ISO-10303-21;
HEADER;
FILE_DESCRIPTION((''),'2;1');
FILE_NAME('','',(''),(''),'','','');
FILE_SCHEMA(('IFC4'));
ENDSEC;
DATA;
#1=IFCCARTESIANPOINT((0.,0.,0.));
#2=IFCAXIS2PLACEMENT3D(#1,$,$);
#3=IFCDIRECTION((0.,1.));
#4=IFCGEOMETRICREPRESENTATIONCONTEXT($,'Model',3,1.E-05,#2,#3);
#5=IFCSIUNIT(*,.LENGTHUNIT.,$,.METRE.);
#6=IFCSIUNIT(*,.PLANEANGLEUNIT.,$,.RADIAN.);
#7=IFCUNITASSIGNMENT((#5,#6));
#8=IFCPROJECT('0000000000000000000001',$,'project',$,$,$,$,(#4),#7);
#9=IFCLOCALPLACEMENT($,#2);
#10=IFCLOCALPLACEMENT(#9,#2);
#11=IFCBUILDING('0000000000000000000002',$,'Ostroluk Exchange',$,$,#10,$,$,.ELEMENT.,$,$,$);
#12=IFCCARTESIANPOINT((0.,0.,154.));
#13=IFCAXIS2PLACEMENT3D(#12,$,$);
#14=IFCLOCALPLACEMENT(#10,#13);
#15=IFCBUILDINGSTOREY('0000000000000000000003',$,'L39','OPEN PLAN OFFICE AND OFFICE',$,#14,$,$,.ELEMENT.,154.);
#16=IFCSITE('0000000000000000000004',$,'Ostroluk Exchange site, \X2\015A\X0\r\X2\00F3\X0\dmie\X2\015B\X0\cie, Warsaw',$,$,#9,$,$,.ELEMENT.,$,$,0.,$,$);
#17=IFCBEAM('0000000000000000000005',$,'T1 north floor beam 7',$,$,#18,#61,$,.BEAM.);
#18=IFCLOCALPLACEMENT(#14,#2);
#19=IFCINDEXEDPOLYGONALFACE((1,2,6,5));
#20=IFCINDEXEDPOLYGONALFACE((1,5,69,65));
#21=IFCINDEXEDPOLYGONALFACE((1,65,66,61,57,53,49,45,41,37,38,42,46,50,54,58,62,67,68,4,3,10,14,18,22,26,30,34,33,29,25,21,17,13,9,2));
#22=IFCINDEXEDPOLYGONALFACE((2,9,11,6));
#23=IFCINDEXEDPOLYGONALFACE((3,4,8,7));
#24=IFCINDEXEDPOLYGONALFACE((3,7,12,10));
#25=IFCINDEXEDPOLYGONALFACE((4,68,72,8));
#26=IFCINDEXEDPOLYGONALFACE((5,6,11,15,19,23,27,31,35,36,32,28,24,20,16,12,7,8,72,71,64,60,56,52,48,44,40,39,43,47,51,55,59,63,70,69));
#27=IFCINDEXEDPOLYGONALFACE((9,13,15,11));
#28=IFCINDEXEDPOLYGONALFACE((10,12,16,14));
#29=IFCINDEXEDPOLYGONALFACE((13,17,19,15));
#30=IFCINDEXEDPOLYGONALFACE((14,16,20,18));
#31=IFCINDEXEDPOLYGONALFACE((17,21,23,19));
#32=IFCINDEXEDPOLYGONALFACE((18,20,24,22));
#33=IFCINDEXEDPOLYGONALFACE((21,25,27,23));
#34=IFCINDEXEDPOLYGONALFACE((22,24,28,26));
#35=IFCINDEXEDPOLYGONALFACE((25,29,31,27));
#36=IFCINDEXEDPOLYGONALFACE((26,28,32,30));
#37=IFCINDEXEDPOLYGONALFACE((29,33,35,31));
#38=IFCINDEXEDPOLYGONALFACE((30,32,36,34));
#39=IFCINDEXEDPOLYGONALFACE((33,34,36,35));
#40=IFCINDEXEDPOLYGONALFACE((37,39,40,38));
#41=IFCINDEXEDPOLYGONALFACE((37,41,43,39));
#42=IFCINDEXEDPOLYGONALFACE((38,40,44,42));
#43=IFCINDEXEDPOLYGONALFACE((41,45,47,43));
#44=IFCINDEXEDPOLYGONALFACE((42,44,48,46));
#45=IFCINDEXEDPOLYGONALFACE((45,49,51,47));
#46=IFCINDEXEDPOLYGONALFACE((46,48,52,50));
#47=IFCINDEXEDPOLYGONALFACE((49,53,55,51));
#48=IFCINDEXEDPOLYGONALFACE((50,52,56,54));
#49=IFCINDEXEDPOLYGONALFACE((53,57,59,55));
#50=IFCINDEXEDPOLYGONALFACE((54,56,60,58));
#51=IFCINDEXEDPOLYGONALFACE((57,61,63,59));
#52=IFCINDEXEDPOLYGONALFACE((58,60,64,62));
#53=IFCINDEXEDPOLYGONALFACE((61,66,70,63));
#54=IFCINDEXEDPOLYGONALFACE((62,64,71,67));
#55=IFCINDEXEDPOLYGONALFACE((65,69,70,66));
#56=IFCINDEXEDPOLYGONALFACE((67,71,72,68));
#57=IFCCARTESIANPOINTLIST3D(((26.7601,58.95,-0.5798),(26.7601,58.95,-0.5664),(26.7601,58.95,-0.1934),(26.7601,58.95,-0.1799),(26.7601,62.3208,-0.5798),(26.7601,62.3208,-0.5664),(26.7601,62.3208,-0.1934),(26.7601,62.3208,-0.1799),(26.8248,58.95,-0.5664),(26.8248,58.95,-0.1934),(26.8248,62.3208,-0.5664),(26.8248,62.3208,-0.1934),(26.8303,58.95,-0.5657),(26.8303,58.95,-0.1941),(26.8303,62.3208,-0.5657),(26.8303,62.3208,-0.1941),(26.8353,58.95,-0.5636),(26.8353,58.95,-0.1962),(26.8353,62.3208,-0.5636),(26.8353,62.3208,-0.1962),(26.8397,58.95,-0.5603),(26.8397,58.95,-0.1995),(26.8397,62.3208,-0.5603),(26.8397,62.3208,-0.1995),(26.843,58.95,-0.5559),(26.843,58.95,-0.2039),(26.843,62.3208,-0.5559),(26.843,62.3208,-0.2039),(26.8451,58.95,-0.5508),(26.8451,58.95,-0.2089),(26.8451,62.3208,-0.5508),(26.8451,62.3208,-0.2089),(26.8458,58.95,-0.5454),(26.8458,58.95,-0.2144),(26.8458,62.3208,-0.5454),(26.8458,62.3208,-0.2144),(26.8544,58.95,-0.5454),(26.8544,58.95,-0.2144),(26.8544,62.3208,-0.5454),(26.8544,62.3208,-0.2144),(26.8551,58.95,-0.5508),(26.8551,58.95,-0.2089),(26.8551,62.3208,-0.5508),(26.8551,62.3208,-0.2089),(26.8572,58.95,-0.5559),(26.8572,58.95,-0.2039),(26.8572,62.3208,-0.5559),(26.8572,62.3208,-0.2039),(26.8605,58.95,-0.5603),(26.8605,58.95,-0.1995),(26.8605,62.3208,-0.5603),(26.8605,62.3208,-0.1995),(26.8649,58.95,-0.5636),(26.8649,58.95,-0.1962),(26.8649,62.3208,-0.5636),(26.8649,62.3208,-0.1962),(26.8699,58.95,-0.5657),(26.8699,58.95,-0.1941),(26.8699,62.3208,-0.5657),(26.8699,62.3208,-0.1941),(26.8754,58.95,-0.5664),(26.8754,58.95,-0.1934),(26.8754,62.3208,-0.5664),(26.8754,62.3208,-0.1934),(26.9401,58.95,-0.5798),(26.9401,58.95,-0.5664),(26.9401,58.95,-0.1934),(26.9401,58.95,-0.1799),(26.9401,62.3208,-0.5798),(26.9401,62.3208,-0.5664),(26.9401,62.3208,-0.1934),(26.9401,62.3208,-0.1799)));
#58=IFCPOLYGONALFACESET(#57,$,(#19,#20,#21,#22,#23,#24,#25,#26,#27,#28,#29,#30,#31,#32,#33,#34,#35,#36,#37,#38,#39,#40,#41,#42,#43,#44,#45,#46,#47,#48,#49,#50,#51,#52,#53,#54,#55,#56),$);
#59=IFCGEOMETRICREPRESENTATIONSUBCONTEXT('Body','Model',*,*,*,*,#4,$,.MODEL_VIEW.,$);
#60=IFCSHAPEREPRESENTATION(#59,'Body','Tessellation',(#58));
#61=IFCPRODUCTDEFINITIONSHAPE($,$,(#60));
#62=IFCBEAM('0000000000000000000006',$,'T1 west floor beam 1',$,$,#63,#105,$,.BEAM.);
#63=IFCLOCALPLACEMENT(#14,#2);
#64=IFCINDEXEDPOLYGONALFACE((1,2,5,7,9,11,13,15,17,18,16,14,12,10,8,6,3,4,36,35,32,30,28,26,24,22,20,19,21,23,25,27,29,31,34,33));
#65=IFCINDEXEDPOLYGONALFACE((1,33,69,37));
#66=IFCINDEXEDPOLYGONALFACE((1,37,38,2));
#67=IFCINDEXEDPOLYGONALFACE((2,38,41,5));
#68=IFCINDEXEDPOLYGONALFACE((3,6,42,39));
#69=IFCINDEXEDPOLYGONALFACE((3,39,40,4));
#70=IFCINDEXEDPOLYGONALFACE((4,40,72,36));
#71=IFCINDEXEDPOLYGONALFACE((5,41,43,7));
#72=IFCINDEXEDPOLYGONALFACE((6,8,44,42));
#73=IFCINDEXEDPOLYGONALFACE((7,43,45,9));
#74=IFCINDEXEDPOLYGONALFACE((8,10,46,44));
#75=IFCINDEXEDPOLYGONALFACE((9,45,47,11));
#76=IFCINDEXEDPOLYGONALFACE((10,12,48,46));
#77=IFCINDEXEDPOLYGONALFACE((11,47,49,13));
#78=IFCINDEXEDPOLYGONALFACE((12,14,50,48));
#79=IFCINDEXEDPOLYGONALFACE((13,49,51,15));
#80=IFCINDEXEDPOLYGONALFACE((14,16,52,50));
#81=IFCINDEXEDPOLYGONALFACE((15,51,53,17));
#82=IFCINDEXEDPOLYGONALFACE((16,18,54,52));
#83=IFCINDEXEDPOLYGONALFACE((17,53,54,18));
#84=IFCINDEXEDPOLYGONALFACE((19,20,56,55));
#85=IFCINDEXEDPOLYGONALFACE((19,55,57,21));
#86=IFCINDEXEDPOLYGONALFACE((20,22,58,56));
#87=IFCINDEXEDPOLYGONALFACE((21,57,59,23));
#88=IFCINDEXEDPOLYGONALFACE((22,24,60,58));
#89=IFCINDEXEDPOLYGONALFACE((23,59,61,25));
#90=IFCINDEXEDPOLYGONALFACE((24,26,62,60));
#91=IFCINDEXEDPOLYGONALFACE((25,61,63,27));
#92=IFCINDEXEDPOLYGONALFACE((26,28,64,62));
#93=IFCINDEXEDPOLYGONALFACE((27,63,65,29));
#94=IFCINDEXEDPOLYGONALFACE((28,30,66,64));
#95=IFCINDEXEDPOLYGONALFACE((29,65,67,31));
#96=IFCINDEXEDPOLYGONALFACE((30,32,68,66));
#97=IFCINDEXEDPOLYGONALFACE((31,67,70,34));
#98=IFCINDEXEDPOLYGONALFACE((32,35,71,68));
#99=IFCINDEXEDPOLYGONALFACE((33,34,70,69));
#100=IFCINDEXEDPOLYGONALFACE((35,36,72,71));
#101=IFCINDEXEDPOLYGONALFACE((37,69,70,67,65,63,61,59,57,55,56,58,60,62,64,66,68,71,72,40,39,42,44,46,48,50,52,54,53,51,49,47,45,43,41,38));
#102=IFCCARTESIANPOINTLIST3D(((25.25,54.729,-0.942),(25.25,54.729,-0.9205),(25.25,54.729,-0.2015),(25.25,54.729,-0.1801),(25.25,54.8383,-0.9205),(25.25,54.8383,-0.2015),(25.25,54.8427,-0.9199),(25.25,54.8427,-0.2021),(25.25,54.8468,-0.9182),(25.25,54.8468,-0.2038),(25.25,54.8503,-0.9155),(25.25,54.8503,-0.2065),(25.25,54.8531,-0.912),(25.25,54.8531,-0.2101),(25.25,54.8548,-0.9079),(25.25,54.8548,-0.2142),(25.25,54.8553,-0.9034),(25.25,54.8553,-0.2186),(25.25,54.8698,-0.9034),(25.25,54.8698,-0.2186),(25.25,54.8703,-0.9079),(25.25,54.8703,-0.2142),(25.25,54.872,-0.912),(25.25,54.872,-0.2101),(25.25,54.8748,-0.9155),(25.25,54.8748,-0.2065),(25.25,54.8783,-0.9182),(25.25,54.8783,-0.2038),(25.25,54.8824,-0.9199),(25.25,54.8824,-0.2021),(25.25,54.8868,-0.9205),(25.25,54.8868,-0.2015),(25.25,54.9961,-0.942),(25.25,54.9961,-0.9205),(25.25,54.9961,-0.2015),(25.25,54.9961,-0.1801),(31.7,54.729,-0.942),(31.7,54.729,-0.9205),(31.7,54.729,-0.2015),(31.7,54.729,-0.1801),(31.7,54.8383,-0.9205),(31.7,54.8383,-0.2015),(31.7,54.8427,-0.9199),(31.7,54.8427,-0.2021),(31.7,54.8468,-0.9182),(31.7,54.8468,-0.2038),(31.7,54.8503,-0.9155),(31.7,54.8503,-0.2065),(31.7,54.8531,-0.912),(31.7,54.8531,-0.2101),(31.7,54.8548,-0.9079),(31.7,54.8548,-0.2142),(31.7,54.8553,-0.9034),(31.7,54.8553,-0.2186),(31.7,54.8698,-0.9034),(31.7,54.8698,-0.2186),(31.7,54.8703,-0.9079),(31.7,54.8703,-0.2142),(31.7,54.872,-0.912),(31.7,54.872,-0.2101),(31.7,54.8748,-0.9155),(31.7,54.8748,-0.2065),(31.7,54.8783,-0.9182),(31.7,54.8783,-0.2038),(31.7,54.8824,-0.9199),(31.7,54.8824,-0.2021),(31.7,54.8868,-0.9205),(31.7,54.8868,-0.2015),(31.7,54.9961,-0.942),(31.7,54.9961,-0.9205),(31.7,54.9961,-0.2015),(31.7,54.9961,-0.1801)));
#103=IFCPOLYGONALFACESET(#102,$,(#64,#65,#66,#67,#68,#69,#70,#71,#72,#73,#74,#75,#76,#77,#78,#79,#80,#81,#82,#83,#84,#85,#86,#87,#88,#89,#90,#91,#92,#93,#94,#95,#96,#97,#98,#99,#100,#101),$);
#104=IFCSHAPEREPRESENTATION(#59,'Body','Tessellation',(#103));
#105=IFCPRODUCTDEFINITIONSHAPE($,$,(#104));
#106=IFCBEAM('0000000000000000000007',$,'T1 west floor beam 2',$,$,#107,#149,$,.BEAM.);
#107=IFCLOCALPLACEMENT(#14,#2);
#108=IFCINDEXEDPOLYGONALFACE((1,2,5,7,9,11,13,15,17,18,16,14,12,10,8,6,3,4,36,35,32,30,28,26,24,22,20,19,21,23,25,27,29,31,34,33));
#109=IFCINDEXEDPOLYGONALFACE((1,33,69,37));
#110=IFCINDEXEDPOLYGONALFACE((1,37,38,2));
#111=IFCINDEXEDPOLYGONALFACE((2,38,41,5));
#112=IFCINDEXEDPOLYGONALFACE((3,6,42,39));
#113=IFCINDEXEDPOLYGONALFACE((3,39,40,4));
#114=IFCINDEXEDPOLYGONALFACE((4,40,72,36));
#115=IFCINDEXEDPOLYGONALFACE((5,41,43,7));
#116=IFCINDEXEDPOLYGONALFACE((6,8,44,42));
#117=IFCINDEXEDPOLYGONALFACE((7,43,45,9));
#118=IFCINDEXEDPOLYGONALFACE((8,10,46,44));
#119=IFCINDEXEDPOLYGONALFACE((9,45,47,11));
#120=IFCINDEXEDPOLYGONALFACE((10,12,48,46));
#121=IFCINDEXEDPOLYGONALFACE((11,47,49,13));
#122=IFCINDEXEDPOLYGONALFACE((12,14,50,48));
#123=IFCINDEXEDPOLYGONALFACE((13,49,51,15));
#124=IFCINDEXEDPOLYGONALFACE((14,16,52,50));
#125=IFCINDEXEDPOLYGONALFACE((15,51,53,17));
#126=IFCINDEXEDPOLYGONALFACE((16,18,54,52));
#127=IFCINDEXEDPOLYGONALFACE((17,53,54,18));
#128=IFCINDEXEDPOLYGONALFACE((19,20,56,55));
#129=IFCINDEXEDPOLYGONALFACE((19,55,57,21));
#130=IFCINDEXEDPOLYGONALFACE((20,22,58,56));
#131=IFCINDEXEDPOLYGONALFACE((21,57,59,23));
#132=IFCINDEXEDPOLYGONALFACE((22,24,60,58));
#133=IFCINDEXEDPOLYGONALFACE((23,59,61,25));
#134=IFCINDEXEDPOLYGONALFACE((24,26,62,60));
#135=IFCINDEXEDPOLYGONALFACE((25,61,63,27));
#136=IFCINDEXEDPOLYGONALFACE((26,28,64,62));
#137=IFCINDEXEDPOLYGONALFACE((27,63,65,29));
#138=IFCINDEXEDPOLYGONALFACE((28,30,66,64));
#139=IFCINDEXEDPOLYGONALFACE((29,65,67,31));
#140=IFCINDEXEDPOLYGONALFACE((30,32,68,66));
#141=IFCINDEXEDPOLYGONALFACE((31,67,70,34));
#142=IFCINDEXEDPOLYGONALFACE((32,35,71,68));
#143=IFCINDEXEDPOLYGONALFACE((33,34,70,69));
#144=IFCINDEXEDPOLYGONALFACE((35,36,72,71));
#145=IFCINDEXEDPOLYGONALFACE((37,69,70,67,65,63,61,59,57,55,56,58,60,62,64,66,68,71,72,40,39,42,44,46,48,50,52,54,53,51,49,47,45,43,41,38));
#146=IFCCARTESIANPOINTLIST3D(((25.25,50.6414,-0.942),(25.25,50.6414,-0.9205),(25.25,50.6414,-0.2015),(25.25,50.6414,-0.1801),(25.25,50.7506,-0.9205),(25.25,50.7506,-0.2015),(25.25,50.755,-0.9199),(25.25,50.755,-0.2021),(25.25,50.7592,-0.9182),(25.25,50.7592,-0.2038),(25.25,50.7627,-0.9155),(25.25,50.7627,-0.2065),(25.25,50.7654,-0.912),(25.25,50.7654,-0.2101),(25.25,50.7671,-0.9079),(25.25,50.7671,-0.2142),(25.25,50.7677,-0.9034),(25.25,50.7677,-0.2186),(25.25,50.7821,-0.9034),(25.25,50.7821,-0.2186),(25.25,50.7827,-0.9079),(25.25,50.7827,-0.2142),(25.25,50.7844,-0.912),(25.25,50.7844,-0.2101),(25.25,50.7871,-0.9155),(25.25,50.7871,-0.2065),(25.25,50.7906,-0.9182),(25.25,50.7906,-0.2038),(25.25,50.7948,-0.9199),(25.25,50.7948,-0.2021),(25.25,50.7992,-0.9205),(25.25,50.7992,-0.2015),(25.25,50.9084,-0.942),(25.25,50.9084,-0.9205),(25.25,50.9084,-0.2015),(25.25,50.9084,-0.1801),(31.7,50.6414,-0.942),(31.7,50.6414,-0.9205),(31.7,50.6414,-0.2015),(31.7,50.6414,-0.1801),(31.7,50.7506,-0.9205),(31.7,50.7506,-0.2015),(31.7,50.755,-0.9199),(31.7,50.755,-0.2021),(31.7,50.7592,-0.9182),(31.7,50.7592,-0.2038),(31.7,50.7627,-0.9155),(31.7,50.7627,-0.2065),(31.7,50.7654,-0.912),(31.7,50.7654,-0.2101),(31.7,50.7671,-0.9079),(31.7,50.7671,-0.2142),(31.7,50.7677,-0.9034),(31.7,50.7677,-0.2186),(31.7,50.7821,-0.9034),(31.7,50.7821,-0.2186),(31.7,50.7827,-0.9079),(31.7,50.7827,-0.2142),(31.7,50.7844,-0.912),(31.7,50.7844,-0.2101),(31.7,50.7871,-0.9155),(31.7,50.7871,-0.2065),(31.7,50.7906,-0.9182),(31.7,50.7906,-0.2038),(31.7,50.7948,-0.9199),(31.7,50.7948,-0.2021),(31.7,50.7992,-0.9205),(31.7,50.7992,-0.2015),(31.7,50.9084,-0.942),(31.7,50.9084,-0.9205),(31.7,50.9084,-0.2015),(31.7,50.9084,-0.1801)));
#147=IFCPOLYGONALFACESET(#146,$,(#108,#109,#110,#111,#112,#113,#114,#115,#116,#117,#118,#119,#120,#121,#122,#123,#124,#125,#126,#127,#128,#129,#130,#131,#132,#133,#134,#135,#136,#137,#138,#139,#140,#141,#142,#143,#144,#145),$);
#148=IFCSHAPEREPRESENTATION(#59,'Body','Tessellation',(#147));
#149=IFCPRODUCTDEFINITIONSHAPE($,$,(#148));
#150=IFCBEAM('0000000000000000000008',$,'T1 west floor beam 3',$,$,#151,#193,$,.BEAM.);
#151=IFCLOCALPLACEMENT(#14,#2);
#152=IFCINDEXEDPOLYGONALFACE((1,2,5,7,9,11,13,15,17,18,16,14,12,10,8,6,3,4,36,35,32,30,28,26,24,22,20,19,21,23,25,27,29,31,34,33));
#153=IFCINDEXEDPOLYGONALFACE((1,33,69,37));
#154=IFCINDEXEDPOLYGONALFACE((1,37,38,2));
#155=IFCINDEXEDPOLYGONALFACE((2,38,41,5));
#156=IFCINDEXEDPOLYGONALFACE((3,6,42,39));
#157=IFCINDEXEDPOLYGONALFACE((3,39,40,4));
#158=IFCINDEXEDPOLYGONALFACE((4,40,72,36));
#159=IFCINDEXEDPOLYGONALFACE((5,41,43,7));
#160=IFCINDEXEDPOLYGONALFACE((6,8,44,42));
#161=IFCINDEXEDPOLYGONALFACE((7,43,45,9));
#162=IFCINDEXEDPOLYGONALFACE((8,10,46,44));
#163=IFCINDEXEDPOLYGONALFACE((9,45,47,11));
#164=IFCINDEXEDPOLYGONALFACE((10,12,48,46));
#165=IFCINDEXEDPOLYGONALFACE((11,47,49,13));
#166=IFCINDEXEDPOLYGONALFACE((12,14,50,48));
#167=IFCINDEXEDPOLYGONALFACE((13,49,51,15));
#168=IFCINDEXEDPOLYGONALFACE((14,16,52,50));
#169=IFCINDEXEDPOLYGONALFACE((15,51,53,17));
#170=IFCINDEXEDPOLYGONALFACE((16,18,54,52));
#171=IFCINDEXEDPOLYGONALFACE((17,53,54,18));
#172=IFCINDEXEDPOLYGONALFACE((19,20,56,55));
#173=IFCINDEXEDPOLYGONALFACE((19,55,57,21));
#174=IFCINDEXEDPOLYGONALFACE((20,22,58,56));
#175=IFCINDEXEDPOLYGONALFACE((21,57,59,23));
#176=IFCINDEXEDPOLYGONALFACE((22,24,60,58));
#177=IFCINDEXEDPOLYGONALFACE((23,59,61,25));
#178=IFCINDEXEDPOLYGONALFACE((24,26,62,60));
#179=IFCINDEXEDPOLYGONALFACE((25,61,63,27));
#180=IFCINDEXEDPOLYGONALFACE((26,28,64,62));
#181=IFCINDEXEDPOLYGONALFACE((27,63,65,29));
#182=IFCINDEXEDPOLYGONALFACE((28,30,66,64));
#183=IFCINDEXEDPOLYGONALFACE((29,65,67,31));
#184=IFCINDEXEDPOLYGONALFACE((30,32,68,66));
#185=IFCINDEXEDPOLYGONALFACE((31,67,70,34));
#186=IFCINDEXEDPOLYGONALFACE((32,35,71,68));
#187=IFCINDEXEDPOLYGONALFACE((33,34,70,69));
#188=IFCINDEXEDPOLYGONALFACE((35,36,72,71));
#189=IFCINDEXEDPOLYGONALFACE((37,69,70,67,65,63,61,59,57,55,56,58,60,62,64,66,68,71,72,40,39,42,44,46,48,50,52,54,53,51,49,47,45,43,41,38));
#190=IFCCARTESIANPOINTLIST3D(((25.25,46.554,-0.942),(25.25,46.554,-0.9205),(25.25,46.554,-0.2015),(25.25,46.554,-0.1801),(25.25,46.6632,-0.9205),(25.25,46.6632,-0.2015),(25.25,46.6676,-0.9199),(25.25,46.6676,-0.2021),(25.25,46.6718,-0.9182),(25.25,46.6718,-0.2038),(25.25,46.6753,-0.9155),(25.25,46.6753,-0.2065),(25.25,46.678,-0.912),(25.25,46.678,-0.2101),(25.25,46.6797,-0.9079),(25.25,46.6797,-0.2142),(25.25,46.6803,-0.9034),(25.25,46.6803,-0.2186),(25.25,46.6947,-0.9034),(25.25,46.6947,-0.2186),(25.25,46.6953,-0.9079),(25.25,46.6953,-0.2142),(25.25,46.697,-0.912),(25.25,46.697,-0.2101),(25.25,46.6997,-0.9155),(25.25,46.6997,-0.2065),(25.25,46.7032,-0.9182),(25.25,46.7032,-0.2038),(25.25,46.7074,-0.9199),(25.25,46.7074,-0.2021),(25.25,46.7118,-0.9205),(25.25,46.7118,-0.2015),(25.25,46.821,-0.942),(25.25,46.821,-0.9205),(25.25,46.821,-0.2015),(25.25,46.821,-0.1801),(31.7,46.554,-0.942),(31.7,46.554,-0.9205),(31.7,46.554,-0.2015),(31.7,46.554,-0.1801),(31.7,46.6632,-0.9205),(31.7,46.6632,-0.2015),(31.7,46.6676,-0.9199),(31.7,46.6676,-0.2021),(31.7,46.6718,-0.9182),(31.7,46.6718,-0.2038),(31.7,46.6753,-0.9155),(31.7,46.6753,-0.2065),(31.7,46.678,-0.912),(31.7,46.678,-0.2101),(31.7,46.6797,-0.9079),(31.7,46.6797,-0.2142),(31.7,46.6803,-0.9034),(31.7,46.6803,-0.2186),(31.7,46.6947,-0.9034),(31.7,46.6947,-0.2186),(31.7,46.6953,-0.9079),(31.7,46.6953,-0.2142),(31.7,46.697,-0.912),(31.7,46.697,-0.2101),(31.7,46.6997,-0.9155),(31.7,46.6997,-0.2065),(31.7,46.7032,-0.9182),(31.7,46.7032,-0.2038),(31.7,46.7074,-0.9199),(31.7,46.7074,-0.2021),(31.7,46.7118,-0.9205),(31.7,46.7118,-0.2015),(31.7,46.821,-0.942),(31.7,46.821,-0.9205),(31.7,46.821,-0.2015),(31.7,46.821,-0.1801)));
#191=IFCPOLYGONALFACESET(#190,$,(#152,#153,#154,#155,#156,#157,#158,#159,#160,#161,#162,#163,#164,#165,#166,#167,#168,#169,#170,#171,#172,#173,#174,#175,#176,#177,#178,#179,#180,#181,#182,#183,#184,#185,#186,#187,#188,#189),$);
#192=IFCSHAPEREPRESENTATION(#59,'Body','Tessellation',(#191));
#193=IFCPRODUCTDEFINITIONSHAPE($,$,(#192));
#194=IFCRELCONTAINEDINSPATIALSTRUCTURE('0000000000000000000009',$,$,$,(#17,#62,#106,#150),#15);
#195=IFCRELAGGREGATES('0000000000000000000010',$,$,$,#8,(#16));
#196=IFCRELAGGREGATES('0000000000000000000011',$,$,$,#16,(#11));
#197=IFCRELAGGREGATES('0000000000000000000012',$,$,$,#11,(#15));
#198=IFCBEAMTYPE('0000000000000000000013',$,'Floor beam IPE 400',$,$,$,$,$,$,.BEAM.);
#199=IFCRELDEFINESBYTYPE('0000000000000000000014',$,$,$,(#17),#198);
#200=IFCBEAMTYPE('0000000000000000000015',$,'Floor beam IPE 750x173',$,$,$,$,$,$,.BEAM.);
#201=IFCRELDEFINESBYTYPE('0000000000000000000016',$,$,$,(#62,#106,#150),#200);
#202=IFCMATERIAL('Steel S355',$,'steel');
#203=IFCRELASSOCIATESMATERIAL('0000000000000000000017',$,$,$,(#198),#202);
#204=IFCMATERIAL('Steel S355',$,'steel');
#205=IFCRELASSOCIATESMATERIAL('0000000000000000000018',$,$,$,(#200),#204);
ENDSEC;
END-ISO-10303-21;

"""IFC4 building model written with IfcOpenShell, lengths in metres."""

from ifc_helpers import new_model, si_unit, direction, frame, origin, origin_2d, place, context, subcontext, project, spatial, i_section, extrude, material, material_profile, profile_set, type_object, element, save


model = new_model("IFC4")

# Units and contexts
model_context = context("Model", 3, precision=1e-05, world=origin(), true_north=direction((0.0, 1.0)))
body_context = subcontext(model_context, "Body", "Model", "MODEL_VIEW")
ifc_project = project(units=[si_unit("LENGTHUNIT", "METRE"), si_unit("PLANEANGLEUNIT", "RADIAN")], contexts=[model_context])

# Site, building, storey
site_placement = place(None, origin())
site = spatial("IfcSite", under=ifc_project, at=site_placement, Name="Ostroluk Exchange site, Śródmieście, Warsaw", CompositionType="ELEMENT", RefElevation=0.0)
building_placement = place(site_placement, origin())
building = spatial("IfcBuilding", under=site, at=building_placement, Name="Ostroluk Exchange", CompositionType="ELEMENT")
storey_placement = place(building_placement, frame((0.0, 0.0, 154.0)))
storey = spatial("IfcBuildingStorey", under=building, at=storey_placement, Name="L39", Description="OPEN PLAN OFFICE AND OFFICE", CompositionType="ELEMENT", Elevation=154.0)

# Beams
ifc_material_1 = material(Name="Steel S355", Category="steel")
ifc_material_profile_1 = material_profile(ifc_material_1, i_section(OverallWidth=0.1799, OverallDepth=0.3999, WebThickness=0.0085, FlangeThickness=0.0134, FilletRadius=0.021, at=origin_2d()), Name="IPE 400")
ifc_profile_set_1 = profile_set([ifc_material_profile_1], Name="Steel S355")
beam_type_1 = type_object("IfcBeamType", Name="Floor beam IPE 400", PredefinedType="BEAM", material=ifc_profile_set_1)
beam_1_placement = place(storey_placement, frame((26.8501, 58.95, -0.3799), z_axis=(0.0, 1.0, 0.0), x_axis=(-1.0, 0.0, 0.0)))
element("IfcBeam", 1, at=beam_1_placement, inside=storey, type_object=beam_type_1, Name="T1 north floor beam 7", PredefinedType="BEAM", context=body_context, shape_type="SweptSolid", body=[
    extrude(i_section(OverallWidth=0.1799, OverallDepth=0.3999, WebThickness=0.0085, FlangeThickness=0.0134, FilletRadius=0.021, at=origin_2d()), origin(), (0.0, 0.0, 1.0), 3.3708),
])
ifc_material_2 = material(Name="Steel S355", Category="steel")
ifc_material_profile_2 = material_profile(ifc_material_2, i_section(OverallWidth=0.2671, OverallDepth=0.762, WebThickness=0.0144, FlangeThickness=0.0215, FilletRadius=0.0171, at=origin_2d()), Name="IPE 750x173")
ifc_profile_set_2 = profile_set([ifc_material_profile_2], Name="Steel S355")
beam_type_2 = type_object("IfcBeamType", Name="Floor beam IPE 750x173", PredefinedType="BEAM", material=ifc_profile_set_2)
for number, where, z_axis, x_axis, name in (
    (2, (31.7, 54.8625, -0.561), (-1.0, 0.0, 0.0), (0.0, -1.0, 0.0), "T1 west floor beam 1"),
    (3, (31.7, 50.7749, -0.561), (-1.0, 0.0, 0.0), (0.0, -1.0, 0.0), "T1 west floor beam 2"),
    (4, (31.7, 46.6875, -0.561), (-1.0, 0.0, 0.0), (0.0, -1.0, 0.0), "T1 west floor beam 3"),
):
    element("IfcBeam", number, at=place(storey_placement, frame(where, z_axis=z_axis, x_axis=x_axis)), inside=storey, type_object=beam_type_2, Name=name, PredefinedType="BEAM", context=body_context, shape_type="SweptSolid", body=[
        extrude(i_section(OverallWidth=0.2671, OverallDepth=0.762, WebThickness=0.0144, FlangeThickness=0.0215, FilletRadius=0.0171, at=origin_2d()), origin(), (0.0, 0.0, 1.0), 6.45),
    ])

save(model, "model.ifc")
